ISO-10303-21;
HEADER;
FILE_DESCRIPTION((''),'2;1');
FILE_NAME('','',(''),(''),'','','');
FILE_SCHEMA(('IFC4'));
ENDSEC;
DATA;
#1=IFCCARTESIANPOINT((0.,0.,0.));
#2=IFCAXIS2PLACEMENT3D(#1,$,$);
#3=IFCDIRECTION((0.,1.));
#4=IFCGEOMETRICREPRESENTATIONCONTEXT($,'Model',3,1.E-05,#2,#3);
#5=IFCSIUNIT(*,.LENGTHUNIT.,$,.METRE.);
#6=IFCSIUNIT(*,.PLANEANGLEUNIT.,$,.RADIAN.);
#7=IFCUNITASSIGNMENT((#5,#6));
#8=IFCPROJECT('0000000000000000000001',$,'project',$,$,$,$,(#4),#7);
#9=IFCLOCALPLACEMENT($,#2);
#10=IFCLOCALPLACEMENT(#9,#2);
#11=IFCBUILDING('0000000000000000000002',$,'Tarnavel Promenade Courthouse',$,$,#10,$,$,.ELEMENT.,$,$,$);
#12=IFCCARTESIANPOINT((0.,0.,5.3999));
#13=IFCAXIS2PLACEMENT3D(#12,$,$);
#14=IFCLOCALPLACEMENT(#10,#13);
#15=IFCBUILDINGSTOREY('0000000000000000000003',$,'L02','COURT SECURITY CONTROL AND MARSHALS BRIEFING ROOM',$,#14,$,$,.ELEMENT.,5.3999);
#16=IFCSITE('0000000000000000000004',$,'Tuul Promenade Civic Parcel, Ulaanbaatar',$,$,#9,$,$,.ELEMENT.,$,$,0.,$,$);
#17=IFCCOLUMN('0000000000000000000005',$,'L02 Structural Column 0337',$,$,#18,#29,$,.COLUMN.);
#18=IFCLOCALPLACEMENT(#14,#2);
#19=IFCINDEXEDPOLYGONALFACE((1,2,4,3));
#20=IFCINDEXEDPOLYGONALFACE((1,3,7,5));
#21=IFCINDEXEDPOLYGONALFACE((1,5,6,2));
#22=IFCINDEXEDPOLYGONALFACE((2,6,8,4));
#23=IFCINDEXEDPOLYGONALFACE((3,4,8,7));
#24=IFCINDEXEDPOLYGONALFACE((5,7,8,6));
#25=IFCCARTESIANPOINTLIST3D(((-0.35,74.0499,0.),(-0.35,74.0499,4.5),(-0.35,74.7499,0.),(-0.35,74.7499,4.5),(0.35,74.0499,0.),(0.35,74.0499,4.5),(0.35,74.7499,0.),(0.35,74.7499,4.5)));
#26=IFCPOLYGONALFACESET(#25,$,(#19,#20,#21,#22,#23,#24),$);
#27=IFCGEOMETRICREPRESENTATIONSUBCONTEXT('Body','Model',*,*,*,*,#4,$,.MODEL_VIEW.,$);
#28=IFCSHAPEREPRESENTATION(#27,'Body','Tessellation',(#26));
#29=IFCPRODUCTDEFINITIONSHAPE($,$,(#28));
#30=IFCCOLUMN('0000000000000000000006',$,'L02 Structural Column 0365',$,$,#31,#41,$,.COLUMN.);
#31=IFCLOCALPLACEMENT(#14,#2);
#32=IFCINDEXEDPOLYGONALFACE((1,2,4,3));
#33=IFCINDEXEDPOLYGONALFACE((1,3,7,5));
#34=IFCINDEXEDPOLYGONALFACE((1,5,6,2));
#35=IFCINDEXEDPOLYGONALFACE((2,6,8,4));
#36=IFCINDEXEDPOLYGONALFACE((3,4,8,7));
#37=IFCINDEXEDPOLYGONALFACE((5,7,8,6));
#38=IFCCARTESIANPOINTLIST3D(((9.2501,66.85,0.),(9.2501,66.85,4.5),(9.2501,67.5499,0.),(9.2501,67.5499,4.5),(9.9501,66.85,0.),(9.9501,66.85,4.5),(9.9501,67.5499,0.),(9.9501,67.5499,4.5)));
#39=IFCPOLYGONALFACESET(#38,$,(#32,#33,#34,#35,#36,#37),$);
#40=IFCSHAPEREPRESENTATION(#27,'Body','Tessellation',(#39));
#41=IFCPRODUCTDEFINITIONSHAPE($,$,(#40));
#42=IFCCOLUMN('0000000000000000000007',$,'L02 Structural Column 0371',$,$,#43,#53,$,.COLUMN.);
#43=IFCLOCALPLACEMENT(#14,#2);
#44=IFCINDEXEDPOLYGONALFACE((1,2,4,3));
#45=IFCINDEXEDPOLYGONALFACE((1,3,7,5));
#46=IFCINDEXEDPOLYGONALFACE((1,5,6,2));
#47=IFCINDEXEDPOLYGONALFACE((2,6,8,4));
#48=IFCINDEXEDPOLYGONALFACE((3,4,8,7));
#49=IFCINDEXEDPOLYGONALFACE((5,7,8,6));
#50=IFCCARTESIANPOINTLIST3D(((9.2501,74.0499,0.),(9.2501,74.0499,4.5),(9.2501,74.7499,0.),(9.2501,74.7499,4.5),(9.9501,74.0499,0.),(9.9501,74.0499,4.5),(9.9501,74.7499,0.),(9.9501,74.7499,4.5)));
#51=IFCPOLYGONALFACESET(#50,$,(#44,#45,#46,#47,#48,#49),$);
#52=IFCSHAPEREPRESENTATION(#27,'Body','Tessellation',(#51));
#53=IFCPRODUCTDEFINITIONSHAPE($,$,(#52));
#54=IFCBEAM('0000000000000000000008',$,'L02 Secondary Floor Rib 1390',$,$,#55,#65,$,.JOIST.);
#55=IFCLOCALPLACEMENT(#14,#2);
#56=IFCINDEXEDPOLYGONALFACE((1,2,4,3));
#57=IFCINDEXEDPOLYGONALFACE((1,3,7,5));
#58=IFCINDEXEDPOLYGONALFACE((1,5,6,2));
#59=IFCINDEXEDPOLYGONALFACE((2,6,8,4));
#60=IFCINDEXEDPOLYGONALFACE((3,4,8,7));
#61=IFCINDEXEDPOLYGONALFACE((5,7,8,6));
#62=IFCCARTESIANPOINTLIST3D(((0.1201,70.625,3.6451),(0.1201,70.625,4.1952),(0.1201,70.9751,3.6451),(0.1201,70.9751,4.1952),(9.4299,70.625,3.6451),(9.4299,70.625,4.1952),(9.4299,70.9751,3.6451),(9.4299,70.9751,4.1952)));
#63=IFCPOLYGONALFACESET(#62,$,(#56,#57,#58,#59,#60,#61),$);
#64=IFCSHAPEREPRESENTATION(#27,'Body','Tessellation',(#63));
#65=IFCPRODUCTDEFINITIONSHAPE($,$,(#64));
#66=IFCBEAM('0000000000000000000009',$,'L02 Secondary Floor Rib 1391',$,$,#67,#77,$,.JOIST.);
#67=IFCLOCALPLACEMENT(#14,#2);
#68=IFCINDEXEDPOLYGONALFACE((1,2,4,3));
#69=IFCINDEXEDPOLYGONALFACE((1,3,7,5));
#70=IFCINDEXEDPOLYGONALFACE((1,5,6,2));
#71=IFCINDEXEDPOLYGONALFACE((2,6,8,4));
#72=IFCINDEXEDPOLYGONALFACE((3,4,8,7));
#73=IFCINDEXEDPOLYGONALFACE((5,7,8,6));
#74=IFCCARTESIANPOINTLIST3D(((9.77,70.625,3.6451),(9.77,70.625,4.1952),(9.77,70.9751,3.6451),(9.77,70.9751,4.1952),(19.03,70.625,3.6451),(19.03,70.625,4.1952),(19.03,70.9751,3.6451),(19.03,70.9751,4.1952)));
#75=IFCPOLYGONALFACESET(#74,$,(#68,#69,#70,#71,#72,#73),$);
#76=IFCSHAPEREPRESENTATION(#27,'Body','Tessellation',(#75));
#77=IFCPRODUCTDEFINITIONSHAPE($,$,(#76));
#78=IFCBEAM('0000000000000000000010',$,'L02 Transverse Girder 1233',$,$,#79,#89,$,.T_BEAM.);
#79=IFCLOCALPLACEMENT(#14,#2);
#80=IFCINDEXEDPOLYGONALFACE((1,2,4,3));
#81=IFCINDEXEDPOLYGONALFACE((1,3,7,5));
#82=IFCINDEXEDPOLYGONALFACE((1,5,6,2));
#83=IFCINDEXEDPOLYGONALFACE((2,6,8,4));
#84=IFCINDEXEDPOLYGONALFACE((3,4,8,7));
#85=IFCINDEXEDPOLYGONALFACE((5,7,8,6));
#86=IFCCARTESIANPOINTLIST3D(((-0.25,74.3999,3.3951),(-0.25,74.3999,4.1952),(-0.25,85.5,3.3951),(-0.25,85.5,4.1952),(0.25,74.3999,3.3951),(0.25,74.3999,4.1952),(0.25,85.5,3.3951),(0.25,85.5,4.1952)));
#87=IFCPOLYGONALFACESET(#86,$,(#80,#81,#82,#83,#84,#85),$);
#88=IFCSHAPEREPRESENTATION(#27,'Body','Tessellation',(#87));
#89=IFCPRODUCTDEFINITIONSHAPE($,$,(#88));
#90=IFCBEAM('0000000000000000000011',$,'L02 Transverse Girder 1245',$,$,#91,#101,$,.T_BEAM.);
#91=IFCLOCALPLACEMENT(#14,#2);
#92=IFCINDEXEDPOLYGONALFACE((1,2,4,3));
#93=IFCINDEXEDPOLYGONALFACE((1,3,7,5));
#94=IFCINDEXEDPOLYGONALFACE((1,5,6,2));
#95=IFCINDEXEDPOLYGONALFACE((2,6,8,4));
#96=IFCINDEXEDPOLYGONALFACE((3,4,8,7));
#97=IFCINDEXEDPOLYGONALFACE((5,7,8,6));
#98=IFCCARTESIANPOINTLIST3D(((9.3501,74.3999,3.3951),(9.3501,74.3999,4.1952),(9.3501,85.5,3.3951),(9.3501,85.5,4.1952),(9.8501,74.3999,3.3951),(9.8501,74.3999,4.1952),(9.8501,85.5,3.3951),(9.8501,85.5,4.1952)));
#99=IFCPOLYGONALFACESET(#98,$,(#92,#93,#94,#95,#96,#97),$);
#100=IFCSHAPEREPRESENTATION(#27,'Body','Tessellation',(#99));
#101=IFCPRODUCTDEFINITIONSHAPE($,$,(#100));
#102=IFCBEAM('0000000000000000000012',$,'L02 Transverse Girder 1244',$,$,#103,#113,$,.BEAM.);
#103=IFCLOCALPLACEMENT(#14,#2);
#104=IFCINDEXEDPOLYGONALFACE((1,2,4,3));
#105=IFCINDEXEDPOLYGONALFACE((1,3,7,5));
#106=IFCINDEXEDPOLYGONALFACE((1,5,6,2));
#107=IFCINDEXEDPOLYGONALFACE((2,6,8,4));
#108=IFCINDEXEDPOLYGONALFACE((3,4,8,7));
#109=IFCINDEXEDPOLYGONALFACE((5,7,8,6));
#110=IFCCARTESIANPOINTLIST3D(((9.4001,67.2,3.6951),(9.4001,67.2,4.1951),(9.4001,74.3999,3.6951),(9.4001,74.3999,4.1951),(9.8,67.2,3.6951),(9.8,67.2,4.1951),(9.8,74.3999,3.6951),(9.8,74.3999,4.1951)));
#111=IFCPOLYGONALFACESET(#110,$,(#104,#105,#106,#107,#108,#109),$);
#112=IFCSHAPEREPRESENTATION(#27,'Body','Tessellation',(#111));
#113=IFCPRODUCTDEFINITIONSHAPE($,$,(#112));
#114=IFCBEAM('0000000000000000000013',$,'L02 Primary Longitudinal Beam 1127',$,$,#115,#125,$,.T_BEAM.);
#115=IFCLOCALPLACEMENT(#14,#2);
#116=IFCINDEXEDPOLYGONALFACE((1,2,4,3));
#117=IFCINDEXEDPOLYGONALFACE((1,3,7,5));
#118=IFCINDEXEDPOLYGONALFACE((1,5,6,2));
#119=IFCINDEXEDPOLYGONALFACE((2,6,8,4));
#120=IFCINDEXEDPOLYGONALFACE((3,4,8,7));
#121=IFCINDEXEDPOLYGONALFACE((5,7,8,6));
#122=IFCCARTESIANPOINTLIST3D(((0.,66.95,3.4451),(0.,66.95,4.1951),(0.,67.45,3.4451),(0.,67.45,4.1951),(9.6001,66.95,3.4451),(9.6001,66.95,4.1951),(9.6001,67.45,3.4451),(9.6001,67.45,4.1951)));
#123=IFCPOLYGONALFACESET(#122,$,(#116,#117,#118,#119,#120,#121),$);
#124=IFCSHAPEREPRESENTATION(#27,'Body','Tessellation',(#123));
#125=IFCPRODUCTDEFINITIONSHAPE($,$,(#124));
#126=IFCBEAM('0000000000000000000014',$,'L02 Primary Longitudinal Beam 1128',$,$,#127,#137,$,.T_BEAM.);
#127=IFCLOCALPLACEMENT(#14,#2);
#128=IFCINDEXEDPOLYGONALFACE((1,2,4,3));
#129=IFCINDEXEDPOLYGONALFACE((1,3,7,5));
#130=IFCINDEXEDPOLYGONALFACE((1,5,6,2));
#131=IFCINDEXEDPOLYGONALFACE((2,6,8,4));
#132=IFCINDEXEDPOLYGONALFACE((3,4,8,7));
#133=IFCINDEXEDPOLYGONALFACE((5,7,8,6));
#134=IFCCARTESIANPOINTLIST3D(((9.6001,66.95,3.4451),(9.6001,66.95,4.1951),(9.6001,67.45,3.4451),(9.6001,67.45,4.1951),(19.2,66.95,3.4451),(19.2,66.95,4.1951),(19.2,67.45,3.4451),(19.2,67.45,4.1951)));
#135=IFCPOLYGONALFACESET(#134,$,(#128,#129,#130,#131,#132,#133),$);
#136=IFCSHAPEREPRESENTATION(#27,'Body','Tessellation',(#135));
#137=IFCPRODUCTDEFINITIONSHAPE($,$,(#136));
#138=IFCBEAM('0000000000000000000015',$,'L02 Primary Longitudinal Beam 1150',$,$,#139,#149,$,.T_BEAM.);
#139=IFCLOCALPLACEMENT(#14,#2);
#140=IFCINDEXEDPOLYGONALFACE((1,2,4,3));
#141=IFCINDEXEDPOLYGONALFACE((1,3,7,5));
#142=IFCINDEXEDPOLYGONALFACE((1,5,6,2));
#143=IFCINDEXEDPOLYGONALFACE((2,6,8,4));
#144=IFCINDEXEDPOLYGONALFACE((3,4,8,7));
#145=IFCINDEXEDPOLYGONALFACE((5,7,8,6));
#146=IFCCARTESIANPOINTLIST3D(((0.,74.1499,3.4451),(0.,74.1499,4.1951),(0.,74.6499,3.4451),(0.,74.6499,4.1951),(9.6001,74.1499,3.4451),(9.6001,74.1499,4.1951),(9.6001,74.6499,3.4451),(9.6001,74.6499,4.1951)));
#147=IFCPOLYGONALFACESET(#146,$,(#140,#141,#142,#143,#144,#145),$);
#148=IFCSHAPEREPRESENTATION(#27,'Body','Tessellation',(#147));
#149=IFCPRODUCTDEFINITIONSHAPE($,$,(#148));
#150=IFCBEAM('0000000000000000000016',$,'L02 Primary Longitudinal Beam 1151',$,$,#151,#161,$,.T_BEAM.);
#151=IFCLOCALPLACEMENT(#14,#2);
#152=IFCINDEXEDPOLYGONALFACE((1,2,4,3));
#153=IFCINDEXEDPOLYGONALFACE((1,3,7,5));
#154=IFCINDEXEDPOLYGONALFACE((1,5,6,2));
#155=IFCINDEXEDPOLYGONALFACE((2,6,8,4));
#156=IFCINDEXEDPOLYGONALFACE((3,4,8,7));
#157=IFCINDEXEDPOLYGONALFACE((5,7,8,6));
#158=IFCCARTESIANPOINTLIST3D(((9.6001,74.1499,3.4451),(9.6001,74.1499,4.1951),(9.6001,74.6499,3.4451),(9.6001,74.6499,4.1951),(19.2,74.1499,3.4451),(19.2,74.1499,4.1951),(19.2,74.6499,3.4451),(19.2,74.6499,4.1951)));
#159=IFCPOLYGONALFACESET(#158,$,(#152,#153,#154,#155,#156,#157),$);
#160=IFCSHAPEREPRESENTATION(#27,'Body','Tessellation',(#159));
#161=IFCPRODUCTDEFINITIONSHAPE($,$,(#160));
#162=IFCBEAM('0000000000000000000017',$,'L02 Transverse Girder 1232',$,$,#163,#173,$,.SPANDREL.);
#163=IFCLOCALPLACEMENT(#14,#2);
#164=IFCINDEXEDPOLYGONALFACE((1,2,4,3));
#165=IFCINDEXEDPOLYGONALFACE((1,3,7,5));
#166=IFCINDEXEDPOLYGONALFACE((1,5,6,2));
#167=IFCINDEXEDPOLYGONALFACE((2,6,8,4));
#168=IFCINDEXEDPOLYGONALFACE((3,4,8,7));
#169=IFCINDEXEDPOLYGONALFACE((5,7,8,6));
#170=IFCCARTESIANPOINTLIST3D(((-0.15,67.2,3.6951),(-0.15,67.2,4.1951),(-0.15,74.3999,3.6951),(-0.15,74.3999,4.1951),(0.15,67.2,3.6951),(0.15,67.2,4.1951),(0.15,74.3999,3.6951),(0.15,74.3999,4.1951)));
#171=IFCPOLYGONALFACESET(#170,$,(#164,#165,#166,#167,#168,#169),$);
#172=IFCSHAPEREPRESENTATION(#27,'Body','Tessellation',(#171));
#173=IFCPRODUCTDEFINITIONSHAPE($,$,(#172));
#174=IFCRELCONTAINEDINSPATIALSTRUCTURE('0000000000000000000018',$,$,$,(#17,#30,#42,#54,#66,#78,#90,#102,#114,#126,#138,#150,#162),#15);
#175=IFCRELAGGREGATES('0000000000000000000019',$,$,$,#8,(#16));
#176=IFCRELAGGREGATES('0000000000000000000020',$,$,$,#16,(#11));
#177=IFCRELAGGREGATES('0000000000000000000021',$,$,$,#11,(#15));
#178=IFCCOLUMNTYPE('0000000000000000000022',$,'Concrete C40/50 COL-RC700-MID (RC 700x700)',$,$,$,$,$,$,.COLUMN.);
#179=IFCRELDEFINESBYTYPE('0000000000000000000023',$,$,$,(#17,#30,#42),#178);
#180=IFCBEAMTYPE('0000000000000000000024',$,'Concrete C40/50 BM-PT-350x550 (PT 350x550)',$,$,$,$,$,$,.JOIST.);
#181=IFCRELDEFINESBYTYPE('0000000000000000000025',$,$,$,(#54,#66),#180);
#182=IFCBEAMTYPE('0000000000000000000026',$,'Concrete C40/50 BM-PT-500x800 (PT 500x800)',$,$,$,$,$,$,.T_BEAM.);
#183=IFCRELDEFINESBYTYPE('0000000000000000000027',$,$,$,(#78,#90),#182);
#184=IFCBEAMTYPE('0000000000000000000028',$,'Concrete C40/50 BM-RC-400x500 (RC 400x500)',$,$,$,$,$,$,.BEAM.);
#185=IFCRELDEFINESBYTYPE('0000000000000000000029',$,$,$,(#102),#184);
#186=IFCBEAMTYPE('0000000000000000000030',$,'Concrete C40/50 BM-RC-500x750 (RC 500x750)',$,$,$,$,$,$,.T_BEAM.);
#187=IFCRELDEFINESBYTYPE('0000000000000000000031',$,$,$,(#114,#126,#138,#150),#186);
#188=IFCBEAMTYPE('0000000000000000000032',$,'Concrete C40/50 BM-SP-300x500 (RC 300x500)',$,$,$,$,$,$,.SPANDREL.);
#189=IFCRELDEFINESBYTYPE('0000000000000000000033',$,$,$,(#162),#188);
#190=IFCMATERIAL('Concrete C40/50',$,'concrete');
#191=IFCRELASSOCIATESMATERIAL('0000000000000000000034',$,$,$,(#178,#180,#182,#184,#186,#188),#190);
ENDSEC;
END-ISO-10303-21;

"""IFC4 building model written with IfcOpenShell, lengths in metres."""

from ifc_helpers import new_model, si_unit, direction, frame, origin, origin_2d, place, context, subcontext, project, spatial, rectangle, extrude, material, material_profile, profile_set, type_object, element, save


model = new_model("IFC4")

# Units and contexts
model_context = context("Model", 3, precision=1e-05, world=origin(), true_north=direction((0.0, 1.0)))
body_context = subcontext(model_context, "Body", "Model", "MODEL_VIEW")
ifc_project = project(units=[si_unit("LENGTHUNIT", "METRE"), si_unit("PLANEANGLEUNIT", "RADIAN")], contexts=[model_context])

# Site, building, storey
site_placement = place(None, origin())
site = spatial("IfcSite", under=ifc_project, at=site_placement, Name="Tuul Promenade Civic Parcel, Ulaanbaatar", CompositionType="ELEMENT", RefElevation=0.0)
building_placement = place(site_placement, origin())
building = spatial("IfcBuilding", under=site, at=building_placement, Name="Tarnavel Promenade Courthouse", CompositionType="ELEMENT")
storey_placement = place(building_placement, frame((0.0, 0.0, 5.3999)))
storey = spatial("IfcBuildingStorey", under=building, at=storey_placement, Name="L02", Description="COURT SECURITY CONTROL AND MARSHALS BRIEFING ROOM", CompositionType="ELEMENT", Elevation=5.3999)

# Columns
ifc_material_1 = material(Name="Concrete C40/50", Category="concrete")
ifc_material_profile_1 = material_profile(ifc_material_1, rectangle(XDim=0.7, YDim=0.7, at=origin_2d()), Name="RC 700x700")
ifc_profile_set_1 = profile_set([ifc_material_profile_1], Name="Concrete C40/50")
column_type = type_object("IfcColumnType", Name="Concrete C40/50 COL-RC700-MID (RC 700x700)", PredefinedType="COLUMN", material=ifc_profile_set_1)
for number, where, z_axis, x_axis, name in (
    (1, (0.0, 74.3999, 0.0), (0.0, 0.0, 1.0), (1.0, 0.0, 0.0), "L02 Structural Column 0337"),
    (2, (9.6001, 67.2, 0.0), (0.0, 0.0, 1.0), (1.0, 0.0, 0.0), "L02 Structural Column 0365"),
    (3, (9.6001, 74.3999, 0.0), (0.0, 0.0, 1.0), (1.0, 0.0, 0.0), "L02 Structural Column 0371"),
):
    element("IfcColumn", number, at=place(storey_placement, frame(where, z_axis=z_axis, x_axis=x_axis)), inside=storey, type_object=column_type, Name=name, PredefinedType="COLUMN", context=body_context, shape_type="SweptSolid", body=[
        extrude(rectangle(XDim=0.7, YDim=0.7, at=origin_2d()), origin(), (0.0, 0.0, 1.0), 4.5),
    ])

# Beams
ifc_material_profile_2 = material_profile(ifc_material_1, rectangle(XDim=0.3501, YDim=0.55, at=origin_2d()), Name="PT 350x550")
ifc_profile_set_2 = profile_set([ifc_material_profile_2], Name="Concrete C40/50")
beam_type_1 = type_object("IfcBeamType", Name="Concrete C40/50 BM-PT-350x550 (PT 350x550)", PredefinedType="JOIST", material=ifc_profile_set_2)
beam_1_placement = place(storey_placement, frame((0.1201, 70.8, 3.9202), z_axis=(1.0, 0.0, 0.0), x_axis=(0.0, 1.0, 0.0)))
element("IfcBeam", 4, at=beam_1_placement, inside=storey, type_object=beam_type_1, Name="L02 Secondary Floor Rib 1390", PredefinedType="JOIST", context=body_context, shape_type="SweptSolid", body=[
    extrude(rectangle(XDim=0.3501, YDim=0.55, at=origin_2d()), origin(), (0.0, 0.0, 1.0), 9.3098),
])
beam_2_placement = place(storey_placement, frame((9.77, 70.8, 3.9202), z_axis=(1.0, 0.0, 0.0), x_axis=(0.0, 1.0, 0.0)))
element("IfcBeam", 5, at=beam_2_placement, inside=storey, type_object=beam_type_1, Name="L02 Secondary Floor Rib 1391", PredefinedType="JOIST", context=body_context, shape_type="SweptSolid", body=[
    extrude(rectangle(XDim=0.3501, YDim=0.55, at=origin_2d()), origin(), (0.0, 0.0, 1.0), 9.26),
])
ifc_material_profile_3 = material_profile(ifc_material_1, rectangle(XDim=0.5, YDim=0.8, at=origin_2d()), Name="PT 500x800")
ifc_profile_set_3 = profile_set([ifc_material_profile_3], Name="Concrete C40/50")
beam_type_2 = type_object("IfcBeamType", Name="Concrete C40/50 BM-PT-500x800 (PT 500x800)", PredefinedType="T_BEAM", material=ifc_profile_set_3)
for number, where, z_axis, x_axis, name in (
    (6, (0.0, 74.3999, 3.7952), (0.0, 1.0, 0.0), (-1.0, 0.0, 0.0), "L02 Transverse Girder 1233"),
    (7, (9.6001, 74.3999, 3.7952), (0.0, 1.0, 0.0), (-1.0, 0.0, 0.0), "L02 Transverse Girder 1245"),
):
    element("IfcBeam", number, at=place(storey_placement, frame(where, z_axis=z_axis, x_axis=x_axis)), inside=storey, type_object=beam_type_2, Name=name, PredefinedType="T_BEAM", context=body_context, shape_type="SweptSolid", body=[
        extrude(rectangle(XDim=0.5, YDim=0.8, at=origin_2d()), origin(), (0.0, 0.0, 1.0), 11.1001),
    ])
ifc_material_profile_4 = material_profile(ifc_material_1, rectangle(XDim=0.3999, YDim=0.5, at=origin_2d()), Name="RC 400x500")
ifc_profile_set_4 = profile_set([ifc_material_profile_4], Name="Concrete C40/50")
beam_type_3 = type_object("IfcBeamType", Name="Concrete C40/50 BM-RC-400x500 (RC 400x500)", PredefinedType="BEAM", material=ifc_profile_set_4)
beam_3_placement = place(storey_placement, frame((9.6001, 67.2, 3.9451), z_axis=(0.0, 1.0, 0.0), x_axis=(-1.0, 0.0, 0.0)))
element("IfcBeam", 8, at=beam_3_placement, inside=storey, type_object=beam_type_3, Name="L02 Transverse Girder 1244", PredefinedType="BEAM", context=body_context, shape_type="SweptSolid", body=[
    extrude(rectangle(XDim=0.3999, YDim=0.5, at=origin_2d()), origin(), (0.0, 0.0, 1.0), 7.2),
])
ifc_material_profile_5 = material_profile(ifc_material_1, rectangle(XDim=0.5, YDim=0.75, at=origin_2d()), Name="RC 500x750")
ifc_profile_set_5 = profile_set([ifc_material_profile_5], Name="Concrete C40/50")
beam_type_4 = type_object("IfcBeamType", Name="Concrete C40/50 BM-RC-500x750 (RC 500x750)", PredefinedType="T_BEAM", material=ifc_profile_set_5)
beam_4_placement = place(storey_placement, frame((0.0, 67.2, 3.8201), z_axis=(1.0, 0.0, 0.0), x_axis=(0.0, 1.0, 0.0)))
element("IfcBeam", 9, at=beam_4_placement, inside=storey, type_object=beam_type_4, Name="L02 Primary Longitudinal Beam 1127", PredefinedType="T_BEAM", context=body_context, shape_type="SweptSolid", body=[
    extrude(rectangle(XDim=0.5, YDim=0.75, at=origin_2d()), origin(), (0.0, 0.0, 1.0), 9.6001),
])
beam_5_placement = place(storey_placement, frame((9.6001, 67.2, 3.8201), z_axis=(1.0, 0.0, 0.0), x_axis=(0.0, 1.0, 0.0)))
element("IfcBeam", 10, at=beam_5_placement, inside=storey, type_object=beam_type_4, Name="L02 Primary Longitudinal Beam 1128", PredefinedType="T_BEAM", context=body_context, shape_type="SweptSolid", body=[
    extrude(rectangle(XDim=0.5, YDim=0.75, at=origin_2d()), origin(), (0.0, 0.0, 1.0), 9.5999),
])
beam_6_placement = place(storey_placement, frame((0.0, 74.3999, 3.8201), z_axis=(1.0, 0.0, 0.0), x_axis=(0.0, 1.0, 0.0)))
element("IfcBeam", 11, at=beam_6_placement, inside=storey, type_object=beam_type_4, Name="L02 Primary Longitudinal Beam 1150", PredefinedType="T_BEAM", context=body_context, shape_type="SweptSolid", body=[
    extrude(rectangle(XDim=0.5, YDim=0.75, at=origin_2d()), origin(), (0.0, 0.0, 1.0), 9.6001),
])
beam_7_placement = place(storey_placement, frame((9.6001, 74.3999, 3.8201), z_axis=(1.0, 0.0, 0.0), x_axis=(0.0, 1.0, 0.0)))
element("IfcBeam", 12, at=beam_7_placement, inside=storey, type_object=beam_type_4, Name="L02 Primary Longitudinal Beam 1151", PredefinedType="T_BEAM", context=body_context, shape_type="SweptSolid", body=[
    extrude(rectangle(XDim=0.5, YDim=0.75, at=origin_2d()), origin(), (0.0, 0.0, 1.0), 9.5999),
])
ifc_material_profile_6 = material_profile(ifc_material_1, rectangle(XDim=0.3, YDim=0.5, at=origin_2d()), Name="RC 300x500")
ifc_profile_set_6 = profile_set([ifc_material_profile_6], Name="Concrete C40/50")
beam_type_5 = type_object("IfcBeamType", Name="Concrete C40/50 BM-SP-300x500 (RC 300x500)", PredefinedType="SPANDREL", material=ifc_profile_set_6)
beam_8_placement = place(storey_placement, frame((0.0, 67.2, 3.9451), z_axis=(0.0, 1.0, 0.0), x_axis=(-1.0, 0.0, 0.0)))
element("IfcBeam", 13, at=beam_8_placement, inside=storey, type_object=beam_type_5, Name="L02 Transverse Girder 1232", PredefinedType="SPANDREL", context=body_context, shape_type="SweptSolid", body=[
    extrude(rectangle(XDim=0.3, YDim=0.5, at=origin_2d()), origin(), (0.0, 0.0, 1.0), 7.2),
])

save(model, "model.ifc")
